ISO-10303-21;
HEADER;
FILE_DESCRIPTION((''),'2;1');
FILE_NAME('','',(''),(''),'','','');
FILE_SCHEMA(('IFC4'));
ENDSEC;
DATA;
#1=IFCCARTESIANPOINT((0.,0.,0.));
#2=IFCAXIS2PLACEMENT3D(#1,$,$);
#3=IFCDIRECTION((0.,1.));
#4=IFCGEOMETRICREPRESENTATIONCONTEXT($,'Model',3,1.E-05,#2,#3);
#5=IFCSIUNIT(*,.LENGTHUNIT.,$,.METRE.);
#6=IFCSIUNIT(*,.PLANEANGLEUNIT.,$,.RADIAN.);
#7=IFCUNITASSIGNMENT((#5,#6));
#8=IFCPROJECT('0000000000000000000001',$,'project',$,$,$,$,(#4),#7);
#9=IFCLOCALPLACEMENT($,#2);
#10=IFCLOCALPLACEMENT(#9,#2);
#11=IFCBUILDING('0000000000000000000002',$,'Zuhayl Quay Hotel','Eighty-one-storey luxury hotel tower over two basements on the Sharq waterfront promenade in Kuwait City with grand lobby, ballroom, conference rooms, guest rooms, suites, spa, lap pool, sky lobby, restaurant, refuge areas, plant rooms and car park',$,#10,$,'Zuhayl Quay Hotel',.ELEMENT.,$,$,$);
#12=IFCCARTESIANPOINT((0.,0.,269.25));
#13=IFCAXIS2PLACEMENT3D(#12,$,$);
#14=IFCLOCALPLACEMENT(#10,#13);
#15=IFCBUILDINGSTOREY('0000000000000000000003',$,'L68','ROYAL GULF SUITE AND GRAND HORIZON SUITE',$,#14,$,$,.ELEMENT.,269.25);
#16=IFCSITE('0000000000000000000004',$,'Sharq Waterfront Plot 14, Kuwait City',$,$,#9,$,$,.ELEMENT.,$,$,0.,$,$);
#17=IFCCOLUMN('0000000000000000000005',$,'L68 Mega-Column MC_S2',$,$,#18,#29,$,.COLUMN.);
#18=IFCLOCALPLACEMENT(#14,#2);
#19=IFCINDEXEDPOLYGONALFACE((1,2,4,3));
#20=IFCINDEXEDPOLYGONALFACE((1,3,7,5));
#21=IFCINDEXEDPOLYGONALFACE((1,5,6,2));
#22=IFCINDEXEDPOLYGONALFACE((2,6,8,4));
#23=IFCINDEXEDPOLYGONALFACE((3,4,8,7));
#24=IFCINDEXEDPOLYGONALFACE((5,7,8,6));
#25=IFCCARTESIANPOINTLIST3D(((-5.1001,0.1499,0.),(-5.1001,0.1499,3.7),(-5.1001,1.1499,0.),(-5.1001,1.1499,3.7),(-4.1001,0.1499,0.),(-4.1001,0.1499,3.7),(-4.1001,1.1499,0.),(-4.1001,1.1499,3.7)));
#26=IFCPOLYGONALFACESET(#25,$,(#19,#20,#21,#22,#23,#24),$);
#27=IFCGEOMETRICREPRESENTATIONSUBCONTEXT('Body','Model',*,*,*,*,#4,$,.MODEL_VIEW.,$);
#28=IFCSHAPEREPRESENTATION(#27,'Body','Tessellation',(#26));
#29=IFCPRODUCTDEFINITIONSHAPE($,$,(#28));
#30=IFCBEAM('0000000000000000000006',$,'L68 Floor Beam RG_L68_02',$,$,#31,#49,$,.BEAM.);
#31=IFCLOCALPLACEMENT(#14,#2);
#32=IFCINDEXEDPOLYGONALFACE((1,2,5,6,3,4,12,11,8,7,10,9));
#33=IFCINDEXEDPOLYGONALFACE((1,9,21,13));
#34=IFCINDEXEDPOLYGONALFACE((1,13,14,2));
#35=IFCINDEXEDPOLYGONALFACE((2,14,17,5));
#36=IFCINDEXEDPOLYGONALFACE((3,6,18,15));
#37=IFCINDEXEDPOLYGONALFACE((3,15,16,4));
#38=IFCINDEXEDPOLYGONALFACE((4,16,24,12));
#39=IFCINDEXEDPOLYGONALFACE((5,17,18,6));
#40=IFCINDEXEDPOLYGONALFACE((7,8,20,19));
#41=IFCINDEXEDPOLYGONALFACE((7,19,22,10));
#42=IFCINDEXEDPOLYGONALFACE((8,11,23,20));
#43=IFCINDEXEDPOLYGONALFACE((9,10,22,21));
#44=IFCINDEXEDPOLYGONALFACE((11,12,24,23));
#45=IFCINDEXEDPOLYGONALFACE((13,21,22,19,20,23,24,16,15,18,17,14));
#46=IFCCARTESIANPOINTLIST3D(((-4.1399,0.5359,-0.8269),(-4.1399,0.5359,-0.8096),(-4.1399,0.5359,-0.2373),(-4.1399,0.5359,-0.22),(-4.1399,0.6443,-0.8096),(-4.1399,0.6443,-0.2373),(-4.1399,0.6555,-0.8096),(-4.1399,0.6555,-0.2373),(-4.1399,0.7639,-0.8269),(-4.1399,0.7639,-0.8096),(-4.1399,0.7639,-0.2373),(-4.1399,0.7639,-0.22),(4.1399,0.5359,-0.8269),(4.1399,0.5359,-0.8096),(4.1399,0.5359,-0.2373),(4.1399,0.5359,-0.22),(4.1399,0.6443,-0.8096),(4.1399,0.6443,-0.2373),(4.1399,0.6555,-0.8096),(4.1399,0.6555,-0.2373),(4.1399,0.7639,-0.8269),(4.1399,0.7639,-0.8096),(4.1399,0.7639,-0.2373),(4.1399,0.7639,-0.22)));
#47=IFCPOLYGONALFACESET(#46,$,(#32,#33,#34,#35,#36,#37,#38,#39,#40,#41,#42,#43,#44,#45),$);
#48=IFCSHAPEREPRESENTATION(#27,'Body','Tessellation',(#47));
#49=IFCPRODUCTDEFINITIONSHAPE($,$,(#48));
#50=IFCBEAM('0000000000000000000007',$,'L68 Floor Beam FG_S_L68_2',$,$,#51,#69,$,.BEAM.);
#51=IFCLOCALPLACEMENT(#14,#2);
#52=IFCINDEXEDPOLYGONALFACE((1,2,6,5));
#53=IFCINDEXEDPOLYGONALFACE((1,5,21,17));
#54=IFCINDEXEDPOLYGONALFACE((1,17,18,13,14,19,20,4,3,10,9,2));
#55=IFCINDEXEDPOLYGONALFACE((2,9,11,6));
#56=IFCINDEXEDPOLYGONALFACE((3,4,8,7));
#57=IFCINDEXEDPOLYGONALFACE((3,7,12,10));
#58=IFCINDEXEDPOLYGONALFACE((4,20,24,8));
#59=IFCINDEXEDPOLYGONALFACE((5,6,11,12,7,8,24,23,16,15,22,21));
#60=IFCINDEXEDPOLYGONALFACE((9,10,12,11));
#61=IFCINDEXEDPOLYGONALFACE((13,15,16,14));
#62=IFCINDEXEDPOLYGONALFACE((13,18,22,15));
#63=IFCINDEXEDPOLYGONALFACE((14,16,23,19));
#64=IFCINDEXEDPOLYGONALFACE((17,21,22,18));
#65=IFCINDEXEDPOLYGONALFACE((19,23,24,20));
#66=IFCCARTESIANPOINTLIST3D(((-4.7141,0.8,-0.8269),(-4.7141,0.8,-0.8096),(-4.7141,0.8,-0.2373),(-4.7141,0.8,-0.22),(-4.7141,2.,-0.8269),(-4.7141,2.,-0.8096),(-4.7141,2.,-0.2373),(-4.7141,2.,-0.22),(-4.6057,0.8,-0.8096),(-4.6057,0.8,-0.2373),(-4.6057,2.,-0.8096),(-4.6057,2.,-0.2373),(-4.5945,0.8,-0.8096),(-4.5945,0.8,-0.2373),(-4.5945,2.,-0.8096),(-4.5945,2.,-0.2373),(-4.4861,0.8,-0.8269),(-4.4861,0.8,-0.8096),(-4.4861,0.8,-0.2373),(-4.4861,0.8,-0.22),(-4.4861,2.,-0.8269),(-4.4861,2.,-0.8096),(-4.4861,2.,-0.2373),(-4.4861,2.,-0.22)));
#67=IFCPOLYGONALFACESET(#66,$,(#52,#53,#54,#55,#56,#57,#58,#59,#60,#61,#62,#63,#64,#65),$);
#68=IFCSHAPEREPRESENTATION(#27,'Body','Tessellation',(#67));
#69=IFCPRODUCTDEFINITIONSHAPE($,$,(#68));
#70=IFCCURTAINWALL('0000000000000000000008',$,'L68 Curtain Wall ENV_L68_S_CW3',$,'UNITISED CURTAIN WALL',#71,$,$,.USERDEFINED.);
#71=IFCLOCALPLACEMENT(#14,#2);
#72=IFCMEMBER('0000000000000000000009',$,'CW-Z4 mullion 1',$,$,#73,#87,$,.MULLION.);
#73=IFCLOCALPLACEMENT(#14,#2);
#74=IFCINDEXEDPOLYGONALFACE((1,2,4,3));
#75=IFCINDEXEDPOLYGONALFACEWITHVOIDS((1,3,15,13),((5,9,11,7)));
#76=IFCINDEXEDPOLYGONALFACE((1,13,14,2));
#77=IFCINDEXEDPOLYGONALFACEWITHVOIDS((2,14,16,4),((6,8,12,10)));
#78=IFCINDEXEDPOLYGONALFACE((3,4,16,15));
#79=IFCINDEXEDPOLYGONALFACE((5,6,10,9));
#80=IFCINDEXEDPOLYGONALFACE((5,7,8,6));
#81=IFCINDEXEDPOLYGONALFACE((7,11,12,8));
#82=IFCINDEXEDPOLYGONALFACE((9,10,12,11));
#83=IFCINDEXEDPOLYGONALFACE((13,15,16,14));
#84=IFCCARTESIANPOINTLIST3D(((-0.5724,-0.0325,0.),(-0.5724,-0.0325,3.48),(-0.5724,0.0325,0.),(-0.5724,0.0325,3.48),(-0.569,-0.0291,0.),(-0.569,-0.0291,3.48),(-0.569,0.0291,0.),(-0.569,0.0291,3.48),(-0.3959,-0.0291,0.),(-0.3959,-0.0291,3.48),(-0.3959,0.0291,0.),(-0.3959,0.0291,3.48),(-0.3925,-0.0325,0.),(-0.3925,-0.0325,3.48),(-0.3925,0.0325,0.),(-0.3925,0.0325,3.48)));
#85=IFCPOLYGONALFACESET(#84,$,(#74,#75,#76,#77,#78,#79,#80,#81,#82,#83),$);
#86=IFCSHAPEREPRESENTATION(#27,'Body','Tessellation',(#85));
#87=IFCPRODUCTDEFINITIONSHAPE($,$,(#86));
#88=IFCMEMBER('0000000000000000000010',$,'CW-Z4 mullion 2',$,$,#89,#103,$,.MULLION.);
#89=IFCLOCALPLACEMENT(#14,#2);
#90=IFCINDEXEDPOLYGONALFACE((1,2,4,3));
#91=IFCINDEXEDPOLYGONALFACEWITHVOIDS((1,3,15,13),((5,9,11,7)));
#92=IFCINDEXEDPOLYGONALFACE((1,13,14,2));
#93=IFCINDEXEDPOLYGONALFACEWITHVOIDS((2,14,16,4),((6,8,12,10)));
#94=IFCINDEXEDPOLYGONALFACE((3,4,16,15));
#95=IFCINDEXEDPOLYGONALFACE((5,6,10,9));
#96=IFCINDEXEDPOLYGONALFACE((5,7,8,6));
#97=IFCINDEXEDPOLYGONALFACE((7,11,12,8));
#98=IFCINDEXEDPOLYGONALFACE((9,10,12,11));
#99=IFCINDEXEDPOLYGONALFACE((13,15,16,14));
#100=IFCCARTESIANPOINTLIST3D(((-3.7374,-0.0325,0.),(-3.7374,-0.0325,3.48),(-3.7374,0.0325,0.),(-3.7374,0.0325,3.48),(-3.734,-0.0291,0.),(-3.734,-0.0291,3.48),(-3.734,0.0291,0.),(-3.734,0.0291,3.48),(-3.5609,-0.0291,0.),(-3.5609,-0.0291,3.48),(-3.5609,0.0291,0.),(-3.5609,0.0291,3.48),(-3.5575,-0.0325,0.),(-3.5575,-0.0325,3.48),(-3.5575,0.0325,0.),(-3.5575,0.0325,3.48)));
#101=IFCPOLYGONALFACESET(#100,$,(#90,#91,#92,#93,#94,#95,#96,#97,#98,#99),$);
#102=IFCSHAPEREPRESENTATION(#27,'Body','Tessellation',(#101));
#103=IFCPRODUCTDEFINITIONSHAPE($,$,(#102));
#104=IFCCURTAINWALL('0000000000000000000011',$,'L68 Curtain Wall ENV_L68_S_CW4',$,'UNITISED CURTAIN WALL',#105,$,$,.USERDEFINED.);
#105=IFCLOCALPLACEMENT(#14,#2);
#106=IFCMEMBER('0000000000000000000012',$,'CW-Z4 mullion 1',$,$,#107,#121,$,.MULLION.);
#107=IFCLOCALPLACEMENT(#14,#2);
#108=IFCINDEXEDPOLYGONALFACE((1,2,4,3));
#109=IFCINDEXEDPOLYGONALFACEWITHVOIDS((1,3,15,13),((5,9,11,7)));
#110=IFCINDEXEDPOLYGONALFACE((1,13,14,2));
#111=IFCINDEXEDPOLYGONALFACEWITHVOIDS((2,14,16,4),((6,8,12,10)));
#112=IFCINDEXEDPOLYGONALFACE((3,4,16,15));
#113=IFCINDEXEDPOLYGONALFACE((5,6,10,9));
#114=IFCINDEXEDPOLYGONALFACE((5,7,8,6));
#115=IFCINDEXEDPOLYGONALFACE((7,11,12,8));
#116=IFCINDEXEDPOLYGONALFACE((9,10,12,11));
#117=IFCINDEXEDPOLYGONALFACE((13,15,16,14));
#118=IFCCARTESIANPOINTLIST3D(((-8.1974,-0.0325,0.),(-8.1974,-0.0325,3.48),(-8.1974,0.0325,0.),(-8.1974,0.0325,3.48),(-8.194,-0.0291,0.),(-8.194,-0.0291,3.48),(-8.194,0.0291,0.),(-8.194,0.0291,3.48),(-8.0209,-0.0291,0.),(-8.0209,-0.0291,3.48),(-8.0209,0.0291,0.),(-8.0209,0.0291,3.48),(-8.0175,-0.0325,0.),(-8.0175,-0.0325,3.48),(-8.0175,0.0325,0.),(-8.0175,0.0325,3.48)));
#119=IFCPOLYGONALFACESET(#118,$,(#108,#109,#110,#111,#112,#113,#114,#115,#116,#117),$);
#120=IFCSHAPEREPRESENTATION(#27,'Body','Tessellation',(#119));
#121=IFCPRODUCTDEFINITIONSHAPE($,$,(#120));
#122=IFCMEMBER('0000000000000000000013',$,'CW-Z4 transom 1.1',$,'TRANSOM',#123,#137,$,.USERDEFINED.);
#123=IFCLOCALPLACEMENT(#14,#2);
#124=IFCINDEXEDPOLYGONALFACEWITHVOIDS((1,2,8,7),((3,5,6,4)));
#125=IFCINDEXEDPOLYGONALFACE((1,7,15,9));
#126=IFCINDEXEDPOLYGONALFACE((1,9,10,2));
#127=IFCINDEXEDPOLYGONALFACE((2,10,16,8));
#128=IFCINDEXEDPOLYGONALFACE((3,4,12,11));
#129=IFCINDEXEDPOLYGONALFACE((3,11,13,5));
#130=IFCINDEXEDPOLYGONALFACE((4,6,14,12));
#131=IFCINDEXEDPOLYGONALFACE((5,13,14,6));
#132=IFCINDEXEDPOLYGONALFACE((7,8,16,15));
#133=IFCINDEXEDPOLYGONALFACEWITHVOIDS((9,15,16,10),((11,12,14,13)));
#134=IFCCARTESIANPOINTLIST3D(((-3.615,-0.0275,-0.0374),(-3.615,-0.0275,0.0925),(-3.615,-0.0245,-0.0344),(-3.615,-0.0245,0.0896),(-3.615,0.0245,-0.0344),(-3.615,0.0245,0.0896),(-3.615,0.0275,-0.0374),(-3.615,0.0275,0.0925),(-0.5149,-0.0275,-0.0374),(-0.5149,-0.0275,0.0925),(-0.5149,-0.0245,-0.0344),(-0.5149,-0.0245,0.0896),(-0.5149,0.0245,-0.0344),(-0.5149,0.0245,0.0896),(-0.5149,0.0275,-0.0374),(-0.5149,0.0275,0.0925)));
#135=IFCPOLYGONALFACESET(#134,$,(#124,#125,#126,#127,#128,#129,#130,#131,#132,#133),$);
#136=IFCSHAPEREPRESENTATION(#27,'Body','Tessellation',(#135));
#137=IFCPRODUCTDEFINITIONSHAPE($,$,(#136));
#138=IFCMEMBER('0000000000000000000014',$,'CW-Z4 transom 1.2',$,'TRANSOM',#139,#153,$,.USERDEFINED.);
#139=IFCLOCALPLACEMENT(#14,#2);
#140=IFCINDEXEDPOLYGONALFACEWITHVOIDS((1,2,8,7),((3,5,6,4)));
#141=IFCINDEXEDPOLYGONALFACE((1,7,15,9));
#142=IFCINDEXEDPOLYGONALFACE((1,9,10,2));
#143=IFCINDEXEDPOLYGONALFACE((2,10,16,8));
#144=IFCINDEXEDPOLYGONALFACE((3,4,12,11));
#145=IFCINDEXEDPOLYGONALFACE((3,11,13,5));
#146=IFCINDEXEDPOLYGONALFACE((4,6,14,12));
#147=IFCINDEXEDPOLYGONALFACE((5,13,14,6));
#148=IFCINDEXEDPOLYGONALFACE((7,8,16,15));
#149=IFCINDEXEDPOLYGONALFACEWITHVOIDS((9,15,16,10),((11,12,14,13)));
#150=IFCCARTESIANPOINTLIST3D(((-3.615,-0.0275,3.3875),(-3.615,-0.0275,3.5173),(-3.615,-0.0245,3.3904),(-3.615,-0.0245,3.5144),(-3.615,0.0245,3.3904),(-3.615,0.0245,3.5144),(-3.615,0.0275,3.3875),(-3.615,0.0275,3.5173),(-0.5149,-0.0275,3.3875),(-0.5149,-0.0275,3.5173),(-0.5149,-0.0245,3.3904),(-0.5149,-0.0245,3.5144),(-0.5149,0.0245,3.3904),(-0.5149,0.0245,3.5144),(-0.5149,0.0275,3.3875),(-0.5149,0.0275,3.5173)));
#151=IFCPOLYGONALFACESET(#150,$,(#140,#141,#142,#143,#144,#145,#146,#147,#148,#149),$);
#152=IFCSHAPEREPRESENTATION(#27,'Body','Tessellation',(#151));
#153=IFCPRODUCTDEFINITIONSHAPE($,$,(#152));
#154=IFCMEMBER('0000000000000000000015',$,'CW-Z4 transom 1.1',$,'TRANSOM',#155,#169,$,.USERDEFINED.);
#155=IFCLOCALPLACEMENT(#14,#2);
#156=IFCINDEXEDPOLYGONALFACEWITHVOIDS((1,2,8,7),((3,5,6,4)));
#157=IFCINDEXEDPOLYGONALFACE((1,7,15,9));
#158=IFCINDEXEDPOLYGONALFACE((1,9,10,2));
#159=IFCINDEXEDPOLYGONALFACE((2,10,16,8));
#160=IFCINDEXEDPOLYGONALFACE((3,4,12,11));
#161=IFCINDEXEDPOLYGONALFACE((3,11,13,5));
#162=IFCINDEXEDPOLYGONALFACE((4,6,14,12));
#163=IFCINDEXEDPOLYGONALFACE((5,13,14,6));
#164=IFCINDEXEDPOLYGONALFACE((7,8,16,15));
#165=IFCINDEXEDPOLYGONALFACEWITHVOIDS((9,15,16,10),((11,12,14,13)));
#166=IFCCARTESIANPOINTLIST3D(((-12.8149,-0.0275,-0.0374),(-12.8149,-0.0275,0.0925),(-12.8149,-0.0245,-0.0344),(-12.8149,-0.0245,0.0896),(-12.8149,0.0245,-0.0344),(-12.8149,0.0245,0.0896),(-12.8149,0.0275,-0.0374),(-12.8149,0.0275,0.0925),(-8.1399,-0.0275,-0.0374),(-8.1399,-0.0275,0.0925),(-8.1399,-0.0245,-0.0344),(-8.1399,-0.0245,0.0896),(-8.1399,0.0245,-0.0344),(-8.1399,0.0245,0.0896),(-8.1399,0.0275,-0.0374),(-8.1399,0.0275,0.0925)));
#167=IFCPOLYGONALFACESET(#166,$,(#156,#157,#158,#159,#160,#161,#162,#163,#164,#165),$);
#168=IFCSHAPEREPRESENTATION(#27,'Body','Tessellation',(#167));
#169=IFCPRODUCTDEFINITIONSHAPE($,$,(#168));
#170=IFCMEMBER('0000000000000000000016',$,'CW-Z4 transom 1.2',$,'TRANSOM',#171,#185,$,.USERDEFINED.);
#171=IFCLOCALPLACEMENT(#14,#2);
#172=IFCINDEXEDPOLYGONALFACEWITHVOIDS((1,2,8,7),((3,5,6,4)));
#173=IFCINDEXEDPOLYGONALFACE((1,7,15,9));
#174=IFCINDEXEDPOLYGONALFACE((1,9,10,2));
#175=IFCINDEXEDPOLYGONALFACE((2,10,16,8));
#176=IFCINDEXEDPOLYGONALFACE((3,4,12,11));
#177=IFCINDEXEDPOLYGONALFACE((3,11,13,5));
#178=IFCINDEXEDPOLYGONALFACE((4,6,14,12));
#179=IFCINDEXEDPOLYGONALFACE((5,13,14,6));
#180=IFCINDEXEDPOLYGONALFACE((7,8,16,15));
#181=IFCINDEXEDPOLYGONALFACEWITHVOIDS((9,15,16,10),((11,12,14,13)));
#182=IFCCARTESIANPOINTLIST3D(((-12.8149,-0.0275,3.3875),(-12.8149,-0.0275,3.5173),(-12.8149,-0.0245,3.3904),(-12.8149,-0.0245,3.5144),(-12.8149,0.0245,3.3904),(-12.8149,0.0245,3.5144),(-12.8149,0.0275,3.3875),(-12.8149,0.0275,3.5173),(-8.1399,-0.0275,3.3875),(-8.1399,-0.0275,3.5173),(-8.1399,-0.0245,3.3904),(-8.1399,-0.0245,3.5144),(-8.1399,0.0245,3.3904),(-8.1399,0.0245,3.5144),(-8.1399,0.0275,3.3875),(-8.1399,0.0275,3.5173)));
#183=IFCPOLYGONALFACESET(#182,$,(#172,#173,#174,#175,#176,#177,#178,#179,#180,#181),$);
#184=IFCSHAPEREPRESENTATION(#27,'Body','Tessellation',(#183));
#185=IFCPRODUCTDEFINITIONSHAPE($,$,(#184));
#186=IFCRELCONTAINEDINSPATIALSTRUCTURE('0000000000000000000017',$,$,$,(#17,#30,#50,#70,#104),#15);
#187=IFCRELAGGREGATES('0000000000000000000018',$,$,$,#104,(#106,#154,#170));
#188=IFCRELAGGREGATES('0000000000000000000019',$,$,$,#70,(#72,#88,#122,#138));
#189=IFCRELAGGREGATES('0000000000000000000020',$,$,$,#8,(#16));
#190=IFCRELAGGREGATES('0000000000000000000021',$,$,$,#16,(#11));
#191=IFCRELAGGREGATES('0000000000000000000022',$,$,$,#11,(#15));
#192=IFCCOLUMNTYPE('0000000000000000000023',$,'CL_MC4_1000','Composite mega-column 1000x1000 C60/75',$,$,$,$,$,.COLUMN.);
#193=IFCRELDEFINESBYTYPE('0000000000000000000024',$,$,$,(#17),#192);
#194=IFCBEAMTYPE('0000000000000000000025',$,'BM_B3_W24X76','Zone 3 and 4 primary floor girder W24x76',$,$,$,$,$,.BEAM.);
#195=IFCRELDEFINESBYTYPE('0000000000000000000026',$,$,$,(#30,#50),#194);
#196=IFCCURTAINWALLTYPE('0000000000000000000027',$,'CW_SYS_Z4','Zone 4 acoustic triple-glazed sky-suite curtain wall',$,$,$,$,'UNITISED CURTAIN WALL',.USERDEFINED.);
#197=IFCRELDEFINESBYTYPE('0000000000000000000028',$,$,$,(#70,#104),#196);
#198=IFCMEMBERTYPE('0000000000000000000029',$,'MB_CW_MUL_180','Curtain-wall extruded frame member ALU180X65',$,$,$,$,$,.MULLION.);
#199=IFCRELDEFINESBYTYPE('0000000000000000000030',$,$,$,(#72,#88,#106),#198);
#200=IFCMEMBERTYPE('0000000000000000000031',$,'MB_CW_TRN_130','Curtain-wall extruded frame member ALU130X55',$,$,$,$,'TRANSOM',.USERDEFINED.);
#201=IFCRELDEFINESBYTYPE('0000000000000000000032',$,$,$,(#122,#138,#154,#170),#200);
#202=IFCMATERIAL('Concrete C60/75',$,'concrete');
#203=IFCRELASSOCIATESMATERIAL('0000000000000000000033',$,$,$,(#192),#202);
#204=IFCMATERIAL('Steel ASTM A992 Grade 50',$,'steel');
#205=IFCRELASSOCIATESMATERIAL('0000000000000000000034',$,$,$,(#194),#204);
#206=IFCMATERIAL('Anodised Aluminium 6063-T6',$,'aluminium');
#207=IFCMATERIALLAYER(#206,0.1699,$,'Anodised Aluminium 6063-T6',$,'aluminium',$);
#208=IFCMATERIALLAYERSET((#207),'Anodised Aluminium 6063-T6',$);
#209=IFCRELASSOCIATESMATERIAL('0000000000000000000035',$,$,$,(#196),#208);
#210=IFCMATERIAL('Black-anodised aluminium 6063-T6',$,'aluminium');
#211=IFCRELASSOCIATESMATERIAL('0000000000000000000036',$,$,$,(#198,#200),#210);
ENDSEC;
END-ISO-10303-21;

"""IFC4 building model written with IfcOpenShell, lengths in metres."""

from ifc_helpers import new_model, si_unit, direction, frame, origin, origin_2d, place, context, subcontext, project, spatial, rectangle, hollow_rectangle, i_section, extrude, material, layer, layer_set, material_profile, profile_set, type_object, element, aggregate, save


model = new_model("IFC4")

# Units and contexts
model_context = context("Model", 3, precision=1e-05, world=origin(), true_north=direction((0.0, 1.0)))
body_context = subcontext(model_context, "Body", "Model", "MODEL_VIEW")
ifc_project = project(units=[si_unit("LENGTHUNIT", "METRE"), si_unit("PLANEANGLEUNIT", "RADIAN")], contexts=[model_context])

# Site, building, storey
site_placement = place(None, origin())
site = spatial("IfcSite", under=ifc_project, at=site_placement, Name="Sharq Waterfront Plot 14, Kuwait City", CompositionType="ELEMENT", RefElevation=0.0)
building_placement = place(site_placement, origin())
building = spatial("IfcBuilding", under=site, at=building_placement, Name="Zuhayl Quay Hotel", Description="Eighty-one-storey luxury hotel tower over two basements on the Sharq waterfront promenade in Kuwait City with grand lobby, ballroom, conference rooms, guest rooms, suites, spa, lap pool, sky lobby, restaurant, refuge areas, plant rooms and car park", LongName="Zuhayl Quay Hotel", CompositionType="ELEMENT")
storey_placement = place(building_placement, frame((0.0, 0.0, 269.25)))
storey = spatial("IfcBuildingStorey", under=building, at=storey_placement, Name="L68", Description="ROYAL GULF SUITE AND GRAND HORIZON SUITE", CompositionType="ELEMENT", Elevation=269.25)

# Column
ifc_material_1 = material(Name="Concrete C60/75", Category="concrete")
ifc_material_profile_1 = material_profile(ifc_material_1, rectangle(XDim=1.0, YDim=1.0, at=origin_2d()), Name="RC1000X1000")
ifc_profile_set_1 = profile_set([ifc_material_profile_1], Name="Concrete C60/75")
column_type = type_object("IfcColumnType", Name="CL_MC4_1000", Description="Composite mega-column 1000x1000 C60/75", PredefinedType="COLUMN", material=ifc_profile_set_1)
column_placement = place(storey_placement, frame((-4.6001, 0.6499, 0.0), z_axis=(0.0, 0.0, 1.0), x_axis=(1.0, 0.0, 0.0)))
element("IfcColumn", 1, at=column_placement, inside=storey, type_object=column_type, Name="L68 Mega-Column MC_S2", PredefinedType="COLUMN", context=body_context, shape_type="SweptSolid", body=[
    extrude(rectangle(XDim=1.0, YDim=1.0, at=origin_2d()), origin(), (0.0, 0.0, 1.0), 3.7),
])

# Beams
ifc_material_2 = material(Name="Steel ASTM A992 Grade 50", Category="steel")
ifc_material_profile_2 = material_profile(ifc_material_2, i_section(OverallWidth=0.228, OverallDepth=0.6069, WebThickness=0.0112, FlangeThickness=0.0173, at=origin_2d()), Name="W24X76")
ifc_profile_set_2 = profile_set([ifc_material_profile_2], Name="Steel ASTM A992 Grade 50")
beam_type = type_object("IfcBeamType", Name="BM_B3_W24X76", Description="Zone 3 and 4 primary floor girder W24x76", PredefinedType="BEAM", material=ifc_profile_set_2)
beam_1_placement = place(storey_placement, frame((-4.1399, 0.6499, -0.5234), z_axis=(1.0, 0.0, 0.0), x_axis=(0.0, 1.0, 0.0)))
element("IfcBeam", 2, at=beam_1_placement, inside=storey, type_object=beam_type, Name="L68 Floor Beam RG_L68_02", PredefinedType="BEAM", context=body_context, shape_type="SweptSolid", body=[
    extrude(i_section(OverallWidth=0.228, OverallDepth=0.6069, WebThickness=0.0112, FlangeThickness=0.0173, at=origin_2d()), origin(), (0.0, 0.0, 1.0), 8.2798),
])
beam_2_placement = place(storey_placement, frame((-4.6001, 0.8, -0.5234), z_axis=(0.0, 1.0, 0.0), x_axis=(-1.0, 0.0, 0.0)))
element("IfcBeam", 3, at=beam_2_placement, inside=storey, type_object=beam_type, Name="L68 Floor Beam FG_S_L68_2", PredefinedType="BEAM", context=body_context, shape_type="SweptSolid", body=[
    extrude(i_section(OverallWidth=0.228, OverallDepth=0.6069, WebThickness=0.0112, FlangeThickness=0.0173, at=origin_2d()), origin(), (0.0, 0.0, 1.0), 1.2),
])

# Curtain wall, members
ifc_material_3 = material(Name="Anodised Aluminium 6063-T6", Category="aluminium")
ifc_layer_1 = layer(ifc_material_3, 0.1699, Name="Anodised Aluminium 6063-T6", Category="aluminium")
ifc_layer_set_1 = layer_set([ifc_layer_1], Name="Anodised Aluminium 6063-T6")
curtain_wall_type = type_object("IfcCurtainWallType", Name="CW_SYS_Z4", Description="Zone 4 acoustic triple-glazed sky-suite curtain wall", ElementType="UNITISED CURTAIN WALL", PredefinedType="USERDEFINED", material=ifc_layer_set_1)
curtain_wall_1_placement = place(storey_placement, origin())
curtain_wall_1 = element("IfcCurtainWall", 4, at=curtain_wall_1_placement, inside=storey, type_object=curtain_wall_type, Name="L68 Curtain Wall ENV_L68_S_CW3", ObjectType="UNITISED CURTAIN WALL", PredefinedType="USERDEFINED")
ifc_material_4 = material(Name="Black-anodised aluminium 6063-T6", Category="aluminium")
ifc_material_profile_3 = material_profile(ifc_material_4, hollow_rectangle(XDim=0.0649, YDim=0.1799, WallThickness=0.0034, at=origin_2d()), Name="ALU180X65")
ifc_profile_set_3 = profile_set([ifc_material_profile_3], Name="Black-anodised aluminium 6063-T6")
member_type_1 = type_object("IfcMemberType", Name="MB_CW_MUL_180", Description="Curtain-wall extruded frame member ALU180X65", PredefinedType="MULLION", material=ifc_profile_set_3)
member_1_placement = place(storey_placement, frame((-0.4824, 0.0, 0.0), z_axis=(0.0, 0.0, 1.0), x_axis=(0.0, -1.0, 0.0)))
member_1 = element("IfcMember", 5, at=member_1_placement, type_object=member_type_1, Name="CW-Z4 mullion 1", PredefinedType="MULLION", context=body_context, shape_type="SweptSolid", body=[
    extrude(hollow_rectangle(XDim=0.0649, YDim=0.1799, WallThickness=0.0034, at=origin_2d()), origin(), (0.0, 0.0, 1.0), 3.48),
])
member_2_placement = place(storey_placement, frame((-3.6475, 0.0, 0.0), z_axis=(0.0, 0.0, 1.0), x_axis=(0.0, -1.0, 0.0)))
member_2 = element("IfcMember", 6, at=member_2_placement, type_object=member_type_1, Name="CW-Z4 mullion 2", PredefinedType="MULLION", context=body_context, shape_type="SweptSolid", body=[
    extrude(hollow_rectangle(XDim=0.0649, YDim=0.1799, WallThickness=0.0034, at=origin_2d()), origin(), (0.0, 0.0, 1.0), 3.48),
])

# Curtain wall, member
curtain_wall_2_placement = place(storey_placement, origin())
curtain_wall_2 = element("IfcCurtainWall", 7, at=curtain_wall_2_placement, inside=storey, type_object=curtain_wall_type, Name="L68 Curtain Wall ENV_L68_S_CW4", ObjectType="UNITISED CURTAIN WALL", PredefinedType="USERDEFINED")
member_3_placement = place(storey_placement, frame((-8.1074, 0.0, 0.0), z_axis=(0.0, 0.0, 1.0), x_axis=(0.0, -1.0, 0.0)))
member_3 = element("IfcMember", 8, at=member_3_placement, type_object=member_type_1, Name="CW-Z4 mullion 1", PredefinedType="MULLION", context=body_context, shape_type="SweptSolid", body=[
    extrude(hollow_rectangle(XDim=0.0649, YDim=0.1799, WallThickness=0.0034, at=origin_2d()), origin(), (0.0, 0.0, 1.0), 3.48),
])

# Members
ifc_material_profile_4 = material_profile(ifc_material_4, hollow_rectangle(XDim=0.0549, YDim=0.1299, WallThickness=0.0029, at=origin_2d()), Name="ALU130X55")
ifc_profile_set_4 = profile_set([ifc_material_profile_4], Name="Black-anodised aluminium 6063-T6")
member_type_2 = type_object("IfcMemberType", Name="MB_CW_TRN_130", Description="Curtain-wall extruded frame member ALU130X55", ElementType="TRANSOM", PredefinedType="USERDEFINED", material=ifc_profile_set_4)
member_4_placement = place(storey_placement, frame((-0.5149, 0.0, 0.0276), z_axis=(-1.0, 0.0, 0.0), x_axis=(0.0, -1.0, 0.0)))
member_4 = element("IfcMember", 9, at=member_4_placement, type_object=member_type_2, Name="CW-Z4 transom 1.1", ObjectType="TRANSOM", PredefinedType="USERDEFINED", context=body_context, shape_type="SweptSolid", body=[
    extrude(hollow_rectangle(XDim=0.0549, YDim=0.1299, WallThickness=0.0029, at=origin_2d()), origin(), (0.0, 0.0, 1.0), 3.1001),
])
member_5_placement = place(storey_placement, frame((-0.5149, 0.0, 3.4524), z_axis=(-1.0, 0.0, 0.0), x_axis=(0.0, -1.0, 0.0)))
member_5 = element("IfcMember", 10, at=member_5_placement, type_object=member_type_2, Name="CW-Z4 transom 1.2", ObjectType="TRANSOM", PredefinedType="USERDEFINED", context=body_context, shape_type="SweptSolid", body=[
    extrude(hollow_rectangle(XDim=0.0549, YDim=0.1299, WallThickness=0.0029, at=origin_2d()), origin(), (0.0, 0.0, 1.0), 3.1001),
])
member_6_placement = place(storey_placement, frame((-8.1399, 0.0, 0.0276), z_axis=(-1.0, 0.0, 0.0), x_axis=(0.0, -1.0, 0.0)))
member_6 = element("IfcMember", 11, at=member_6_placement, type_object=member_type_2, Name="CW-Z4 transom 1.1", ObjectType="TRANSOM", PredefinedType="USERDEFINED", context=body_context, shape_type="SweptSolid", body=[
    extrude(hollow_rectangle(XDim=0.0549, YDim=0.1299, WallThickness=0.0029, at=origin_2d()), origin(), (0.0, 0.0, 1.0), 4.675),
])
member_7_placement = place(storey_placement, frame((-8.1399, 0.0, 3.4524), z_axis=(-1.0, 0.0, 0.0), x_axis=(0.0, -1.0, 0.0)))
member_7 = element("IfcMember", 12, at=member_7_placement, type_object=member_type_2, Name="CW-Z4 transom 1.2", ObjectType="TRANSOM", PredefinedType="USERDEFINED", context=body_context, shape_type="SweptSolid", body=[
    extrude(hollow_rectangle(XDim=0.0549, YDim=0.1299, WallThickness=0.0029, at=origin_2d()), origin(), (0.0, 0.0, 1.0), 4.675),
])
aggregate(curtain_wall_2, [member_3, member_6, member_7])

aggregate(curtain_wall_1, [member_1, member_2, member_4, member_5])

save(model, "model.ifc")
